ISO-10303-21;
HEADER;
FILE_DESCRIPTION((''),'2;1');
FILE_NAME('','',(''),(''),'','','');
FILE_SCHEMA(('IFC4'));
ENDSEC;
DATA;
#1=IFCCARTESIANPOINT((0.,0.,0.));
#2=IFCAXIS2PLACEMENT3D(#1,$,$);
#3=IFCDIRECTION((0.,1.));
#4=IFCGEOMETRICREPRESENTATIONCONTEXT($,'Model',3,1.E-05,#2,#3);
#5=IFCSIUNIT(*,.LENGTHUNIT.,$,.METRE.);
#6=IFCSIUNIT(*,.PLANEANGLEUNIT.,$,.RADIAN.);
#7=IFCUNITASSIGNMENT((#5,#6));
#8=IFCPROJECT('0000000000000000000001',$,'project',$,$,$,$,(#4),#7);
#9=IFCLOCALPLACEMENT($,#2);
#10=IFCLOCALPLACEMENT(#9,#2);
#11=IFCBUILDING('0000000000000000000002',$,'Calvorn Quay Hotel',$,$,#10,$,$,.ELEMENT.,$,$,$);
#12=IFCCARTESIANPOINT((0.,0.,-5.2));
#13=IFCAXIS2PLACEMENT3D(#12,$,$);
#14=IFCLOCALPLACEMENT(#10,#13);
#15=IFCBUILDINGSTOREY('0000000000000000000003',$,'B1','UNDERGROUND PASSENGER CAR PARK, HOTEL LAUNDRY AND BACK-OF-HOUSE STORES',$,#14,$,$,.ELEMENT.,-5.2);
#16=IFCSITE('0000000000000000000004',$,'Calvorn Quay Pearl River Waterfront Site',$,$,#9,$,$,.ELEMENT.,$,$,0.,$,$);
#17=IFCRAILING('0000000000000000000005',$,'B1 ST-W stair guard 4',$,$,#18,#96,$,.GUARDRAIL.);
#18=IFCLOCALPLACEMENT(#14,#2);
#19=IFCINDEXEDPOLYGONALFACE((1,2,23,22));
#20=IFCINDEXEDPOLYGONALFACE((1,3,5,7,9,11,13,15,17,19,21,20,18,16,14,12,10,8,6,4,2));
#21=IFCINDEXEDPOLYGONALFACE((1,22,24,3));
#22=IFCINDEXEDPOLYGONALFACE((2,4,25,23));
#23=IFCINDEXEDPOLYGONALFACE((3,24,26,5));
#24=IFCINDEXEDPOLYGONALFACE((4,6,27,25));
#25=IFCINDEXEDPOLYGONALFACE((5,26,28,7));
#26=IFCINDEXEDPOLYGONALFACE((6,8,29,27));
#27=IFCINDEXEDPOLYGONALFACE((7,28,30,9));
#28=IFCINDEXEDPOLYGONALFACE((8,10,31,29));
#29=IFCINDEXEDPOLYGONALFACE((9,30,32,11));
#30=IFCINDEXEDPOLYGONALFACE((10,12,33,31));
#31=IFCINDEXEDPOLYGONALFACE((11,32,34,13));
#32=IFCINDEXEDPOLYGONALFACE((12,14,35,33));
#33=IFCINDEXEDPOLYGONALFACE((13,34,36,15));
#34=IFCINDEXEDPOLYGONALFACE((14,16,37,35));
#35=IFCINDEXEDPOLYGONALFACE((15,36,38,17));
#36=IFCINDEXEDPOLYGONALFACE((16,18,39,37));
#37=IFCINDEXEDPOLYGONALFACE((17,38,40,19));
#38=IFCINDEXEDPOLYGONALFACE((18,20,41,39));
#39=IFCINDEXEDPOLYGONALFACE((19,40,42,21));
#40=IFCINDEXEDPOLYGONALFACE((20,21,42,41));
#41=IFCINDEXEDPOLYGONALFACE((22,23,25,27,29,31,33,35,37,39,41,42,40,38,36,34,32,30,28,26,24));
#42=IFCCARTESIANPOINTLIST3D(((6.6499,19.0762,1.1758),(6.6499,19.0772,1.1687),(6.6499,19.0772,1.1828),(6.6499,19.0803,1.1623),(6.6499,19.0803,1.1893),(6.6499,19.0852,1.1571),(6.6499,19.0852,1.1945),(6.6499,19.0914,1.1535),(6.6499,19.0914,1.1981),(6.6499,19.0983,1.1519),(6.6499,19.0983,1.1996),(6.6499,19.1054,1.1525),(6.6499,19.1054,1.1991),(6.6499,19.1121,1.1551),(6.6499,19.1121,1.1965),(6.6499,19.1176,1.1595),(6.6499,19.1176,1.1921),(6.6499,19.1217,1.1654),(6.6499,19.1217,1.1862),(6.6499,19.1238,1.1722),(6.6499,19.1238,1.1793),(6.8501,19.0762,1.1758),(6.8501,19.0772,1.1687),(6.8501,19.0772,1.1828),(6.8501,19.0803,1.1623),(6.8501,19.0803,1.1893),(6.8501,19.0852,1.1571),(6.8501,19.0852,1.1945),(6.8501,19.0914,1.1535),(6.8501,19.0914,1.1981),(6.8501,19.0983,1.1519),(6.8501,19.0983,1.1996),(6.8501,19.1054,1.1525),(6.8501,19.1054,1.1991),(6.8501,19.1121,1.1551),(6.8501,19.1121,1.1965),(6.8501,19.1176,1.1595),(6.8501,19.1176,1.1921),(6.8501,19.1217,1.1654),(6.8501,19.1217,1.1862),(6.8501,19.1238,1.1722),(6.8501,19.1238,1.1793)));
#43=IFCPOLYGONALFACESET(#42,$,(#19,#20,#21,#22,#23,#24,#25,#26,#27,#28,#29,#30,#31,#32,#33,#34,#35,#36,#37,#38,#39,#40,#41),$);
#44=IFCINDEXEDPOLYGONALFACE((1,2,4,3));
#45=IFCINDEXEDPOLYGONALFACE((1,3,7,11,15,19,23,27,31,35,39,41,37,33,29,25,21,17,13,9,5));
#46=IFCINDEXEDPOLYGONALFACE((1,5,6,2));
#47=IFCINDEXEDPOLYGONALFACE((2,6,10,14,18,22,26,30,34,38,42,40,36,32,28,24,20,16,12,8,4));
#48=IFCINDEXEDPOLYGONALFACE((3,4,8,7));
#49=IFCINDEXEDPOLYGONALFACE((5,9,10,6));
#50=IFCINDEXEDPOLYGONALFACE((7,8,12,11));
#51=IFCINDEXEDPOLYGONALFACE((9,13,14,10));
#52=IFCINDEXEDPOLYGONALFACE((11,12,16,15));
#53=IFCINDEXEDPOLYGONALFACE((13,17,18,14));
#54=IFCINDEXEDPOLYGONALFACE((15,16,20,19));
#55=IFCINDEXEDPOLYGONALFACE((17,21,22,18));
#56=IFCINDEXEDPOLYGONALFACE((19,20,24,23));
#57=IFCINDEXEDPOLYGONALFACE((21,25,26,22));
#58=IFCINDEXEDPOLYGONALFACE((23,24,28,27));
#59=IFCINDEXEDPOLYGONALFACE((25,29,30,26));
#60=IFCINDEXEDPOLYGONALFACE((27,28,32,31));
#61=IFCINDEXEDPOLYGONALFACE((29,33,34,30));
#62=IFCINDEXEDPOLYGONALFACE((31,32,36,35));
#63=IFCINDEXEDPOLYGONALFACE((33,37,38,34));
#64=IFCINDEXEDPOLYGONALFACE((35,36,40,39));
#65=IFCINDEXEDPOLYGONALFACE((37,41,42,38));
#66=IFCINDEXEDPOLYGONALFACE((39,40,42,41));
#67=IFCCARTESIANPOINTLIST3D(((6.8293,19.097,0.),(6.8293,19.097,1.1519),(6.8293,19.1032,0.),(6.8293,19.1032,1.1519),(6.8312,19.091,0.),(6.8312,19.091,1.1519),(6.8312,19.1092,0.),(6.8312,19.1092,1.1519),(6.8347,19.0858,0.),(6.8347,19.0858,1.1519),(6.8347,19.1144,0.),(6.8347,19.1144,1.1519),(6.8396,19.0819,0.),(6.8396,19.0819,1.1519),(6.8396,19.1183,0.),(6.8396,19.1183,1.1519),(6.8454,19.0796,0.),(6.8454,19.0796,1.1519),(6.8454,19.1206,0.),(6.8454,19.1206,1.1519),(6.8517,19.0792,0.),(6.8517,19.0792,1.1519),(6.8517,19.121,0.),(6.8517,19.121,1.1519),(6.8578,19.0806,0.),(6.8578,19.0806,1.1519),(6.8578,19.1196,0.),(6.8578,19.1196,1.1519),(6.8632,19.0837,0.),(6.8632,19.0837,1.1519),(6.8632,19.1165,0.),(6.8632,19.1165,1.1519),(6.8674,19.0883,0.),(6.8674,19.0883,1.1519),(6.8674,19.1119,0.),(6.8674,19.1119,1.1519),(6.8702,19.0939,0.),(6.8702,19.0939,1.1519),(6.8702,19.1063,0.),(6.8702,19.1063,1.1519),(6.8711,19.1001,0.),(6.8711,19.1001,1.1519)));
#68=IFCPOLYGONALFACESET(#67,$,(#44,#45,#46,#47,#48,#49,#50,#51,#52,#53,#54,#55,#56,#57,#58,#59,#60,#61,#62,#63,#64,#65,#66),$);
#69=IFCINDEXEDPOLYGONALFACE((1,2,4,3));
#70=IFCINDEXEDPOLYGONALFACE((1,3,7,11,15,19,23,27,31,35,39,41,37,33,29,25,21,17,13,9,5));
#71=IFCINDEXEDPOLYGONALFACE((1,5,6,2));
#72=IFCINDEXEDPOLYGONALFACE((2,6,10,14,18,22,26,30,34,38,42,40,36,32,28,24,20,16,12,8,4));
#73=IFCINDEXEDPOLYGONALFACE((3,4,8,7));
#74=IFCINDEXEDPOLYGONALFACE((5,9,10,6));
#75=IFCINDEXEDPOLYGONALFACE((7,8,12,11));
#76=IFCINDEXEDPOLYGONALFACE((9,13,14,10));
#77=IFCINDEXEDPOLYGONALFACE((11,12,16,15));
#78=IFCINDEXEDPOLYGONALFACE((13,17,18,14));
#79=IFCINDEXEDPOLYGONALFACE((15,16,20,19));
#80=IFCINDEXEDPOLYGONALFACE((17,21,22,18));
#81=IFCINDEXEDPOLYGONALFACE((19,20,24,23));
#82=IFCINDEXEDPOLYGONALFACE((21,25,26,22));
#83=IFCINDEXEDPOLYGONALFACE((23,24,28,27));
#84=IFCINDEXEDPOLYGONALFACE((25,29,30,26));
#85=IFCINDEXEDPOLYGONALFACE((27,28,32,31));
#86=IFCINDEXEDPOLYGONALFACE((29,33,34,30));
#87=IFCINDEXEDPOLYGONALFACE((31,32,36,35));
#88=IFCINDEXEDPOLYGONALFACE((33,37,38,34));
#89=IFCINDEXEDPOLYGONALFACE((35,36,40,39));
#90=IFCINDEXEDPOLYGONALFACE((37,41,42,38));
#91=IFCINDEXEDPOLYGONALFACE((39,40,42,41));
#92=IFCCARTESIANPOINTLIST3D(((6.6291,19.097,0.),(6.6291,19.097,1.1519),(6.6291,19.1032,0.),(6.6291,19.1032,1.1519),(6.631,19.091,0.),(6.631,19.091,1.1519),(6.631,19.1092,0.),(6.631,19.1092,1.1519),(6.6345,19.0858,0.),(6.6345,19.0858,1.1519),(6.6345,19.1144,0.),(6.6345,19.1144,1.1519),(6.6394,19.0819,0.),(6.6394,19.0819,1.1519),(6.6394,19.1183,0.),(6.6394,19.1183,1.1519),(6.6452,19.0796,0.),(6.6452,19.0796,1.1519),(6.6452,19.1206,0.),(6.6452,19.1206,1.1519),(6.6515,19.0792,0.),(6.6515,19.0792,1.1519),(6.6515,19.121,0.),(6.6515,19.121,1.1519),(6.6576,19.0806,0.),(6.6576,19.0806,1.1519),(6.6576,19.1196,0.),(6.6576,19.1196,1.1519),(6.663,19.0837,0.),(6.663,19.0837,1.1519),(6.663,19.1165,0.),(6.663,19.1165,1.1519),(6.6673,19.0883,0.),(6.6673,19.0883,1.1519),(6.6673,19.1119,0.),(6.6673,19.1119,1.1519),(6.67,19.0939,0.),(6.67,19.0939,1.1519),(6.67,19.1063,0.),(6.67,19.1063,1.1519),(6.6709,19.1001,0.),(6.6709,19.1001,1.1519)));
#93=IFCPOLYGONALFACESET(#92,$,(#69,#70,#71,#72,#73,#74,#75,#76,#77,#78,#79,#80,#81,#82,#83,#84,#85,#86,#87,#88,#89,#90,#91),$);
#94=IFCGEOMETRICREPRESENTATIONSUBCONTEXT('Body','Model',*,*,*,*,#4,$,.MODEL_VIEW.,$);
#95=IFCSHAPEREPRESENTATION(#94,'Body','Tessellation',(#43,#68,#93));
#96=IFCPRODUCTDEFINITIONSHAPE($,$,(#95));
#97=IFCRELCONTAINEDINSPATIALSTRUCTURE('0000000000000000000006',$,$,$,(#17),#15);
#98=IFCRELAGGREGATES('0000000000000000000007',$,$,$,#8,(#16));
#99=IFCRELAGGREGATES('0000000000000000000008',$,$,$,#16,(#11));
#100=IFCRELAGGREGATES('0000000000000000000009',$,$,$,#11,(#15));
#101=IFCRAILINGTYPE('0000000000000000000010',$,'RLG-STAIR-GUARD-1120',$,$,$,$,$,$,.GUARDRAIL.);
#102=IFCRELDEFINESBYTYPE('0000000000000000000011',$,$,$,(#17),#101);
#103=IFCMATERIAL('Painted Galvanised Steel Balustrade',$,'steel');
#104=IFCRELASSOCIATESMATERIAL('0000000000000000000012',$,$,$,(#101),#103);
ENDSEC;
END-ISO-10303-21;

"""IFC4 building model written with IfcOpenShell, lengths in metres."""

from ifc_helpers import new_model, si_unit, direction, frame, origin, origin_2d, place, context, subcontext, project, spatial, circle, extrude, material, type_object, element, save


model = new_model("IFC4")

# Units and contexts
model_context = context("Model", 3, precision=1e-05, world=origin(), true_north=direction((0.0, 1.0)))
body_context = subcontext(model_context, "Body", "Model", "MODEL_VIEW")
ifc_project = project(units=[si_unit("LENGTHUNIT", "METRE"), si_unit("PLANEANGLEUNIT", "RADIAN")], contexts=[model_context])

# Site, building, storey
site_placement = place(None, origin())
site = spatial("IfcSite", under=ifc_project, at=site_placement, Name="Calvorn Quay Pearl River Waterfront Site", CompositionType="ELEMENT", RefElevation=0.0)
building_placement = place(site_placement, origin())
building = spatial("IfcBuilding", under=site, at=building_placement, Name="Calvorn Quay Hotel", CompositionType="ELEMENT")
storey_placement = place(building_placement, frame((0.0, 0.0, -5.2)))
storey = spatial("IfcBuildingStorey", under=building, at=storey_placement, Name="B1", Description="UNDERGROUND PASSENGER CAR PARK, HOTEL LAUNDRY AND BACK-OF-HOUSE STORES", CompositionType="ELEMENT", Elevation=-5.2)

# Railing
ifc_material_1 = material(Name="Painted Galvanised Steel Balustrade", Category="steel")
railing_type_1 = type_object("IfcRailingType", Name="RLG-STAIR-GUARD-1120", PredefinedType="GUARDRAIL", material=ifc_material_1)
railing_1_placement = place(storey_placement, frame((6.8501, 19.1001, 0.0)))
element("IfcRailing", 1, at=railing_1_placement, inside=storey, type_object=railing_type_1, Name="B1 ST-W stair guard 4", PredefinedType="GUARDRAIL", context=body_context, shape_type="SweptSolid", body=[
    extrude(circle(Radius=0.0239, at=origin_2d()), frame((0.0, 0.0, 1.1758), z_axis=(-1.0, 0.0, 0.0), x_axis=(0.0, -1.0, 0.0)), (0.0, 0.0, 1.0), 0.2002),
    extrude(circle(Radius=0.021, at=origin_2d()), origin(), (0.0, 0.0, 1.0), 1.1519),
    extrude(circle(Radius=0.021, at=origin_2d()), frame((-0.2002, 0.0, 0.0)), (0.0, 0.0, 1.0), 1.1519),
])

save(model, "model.ifc")
